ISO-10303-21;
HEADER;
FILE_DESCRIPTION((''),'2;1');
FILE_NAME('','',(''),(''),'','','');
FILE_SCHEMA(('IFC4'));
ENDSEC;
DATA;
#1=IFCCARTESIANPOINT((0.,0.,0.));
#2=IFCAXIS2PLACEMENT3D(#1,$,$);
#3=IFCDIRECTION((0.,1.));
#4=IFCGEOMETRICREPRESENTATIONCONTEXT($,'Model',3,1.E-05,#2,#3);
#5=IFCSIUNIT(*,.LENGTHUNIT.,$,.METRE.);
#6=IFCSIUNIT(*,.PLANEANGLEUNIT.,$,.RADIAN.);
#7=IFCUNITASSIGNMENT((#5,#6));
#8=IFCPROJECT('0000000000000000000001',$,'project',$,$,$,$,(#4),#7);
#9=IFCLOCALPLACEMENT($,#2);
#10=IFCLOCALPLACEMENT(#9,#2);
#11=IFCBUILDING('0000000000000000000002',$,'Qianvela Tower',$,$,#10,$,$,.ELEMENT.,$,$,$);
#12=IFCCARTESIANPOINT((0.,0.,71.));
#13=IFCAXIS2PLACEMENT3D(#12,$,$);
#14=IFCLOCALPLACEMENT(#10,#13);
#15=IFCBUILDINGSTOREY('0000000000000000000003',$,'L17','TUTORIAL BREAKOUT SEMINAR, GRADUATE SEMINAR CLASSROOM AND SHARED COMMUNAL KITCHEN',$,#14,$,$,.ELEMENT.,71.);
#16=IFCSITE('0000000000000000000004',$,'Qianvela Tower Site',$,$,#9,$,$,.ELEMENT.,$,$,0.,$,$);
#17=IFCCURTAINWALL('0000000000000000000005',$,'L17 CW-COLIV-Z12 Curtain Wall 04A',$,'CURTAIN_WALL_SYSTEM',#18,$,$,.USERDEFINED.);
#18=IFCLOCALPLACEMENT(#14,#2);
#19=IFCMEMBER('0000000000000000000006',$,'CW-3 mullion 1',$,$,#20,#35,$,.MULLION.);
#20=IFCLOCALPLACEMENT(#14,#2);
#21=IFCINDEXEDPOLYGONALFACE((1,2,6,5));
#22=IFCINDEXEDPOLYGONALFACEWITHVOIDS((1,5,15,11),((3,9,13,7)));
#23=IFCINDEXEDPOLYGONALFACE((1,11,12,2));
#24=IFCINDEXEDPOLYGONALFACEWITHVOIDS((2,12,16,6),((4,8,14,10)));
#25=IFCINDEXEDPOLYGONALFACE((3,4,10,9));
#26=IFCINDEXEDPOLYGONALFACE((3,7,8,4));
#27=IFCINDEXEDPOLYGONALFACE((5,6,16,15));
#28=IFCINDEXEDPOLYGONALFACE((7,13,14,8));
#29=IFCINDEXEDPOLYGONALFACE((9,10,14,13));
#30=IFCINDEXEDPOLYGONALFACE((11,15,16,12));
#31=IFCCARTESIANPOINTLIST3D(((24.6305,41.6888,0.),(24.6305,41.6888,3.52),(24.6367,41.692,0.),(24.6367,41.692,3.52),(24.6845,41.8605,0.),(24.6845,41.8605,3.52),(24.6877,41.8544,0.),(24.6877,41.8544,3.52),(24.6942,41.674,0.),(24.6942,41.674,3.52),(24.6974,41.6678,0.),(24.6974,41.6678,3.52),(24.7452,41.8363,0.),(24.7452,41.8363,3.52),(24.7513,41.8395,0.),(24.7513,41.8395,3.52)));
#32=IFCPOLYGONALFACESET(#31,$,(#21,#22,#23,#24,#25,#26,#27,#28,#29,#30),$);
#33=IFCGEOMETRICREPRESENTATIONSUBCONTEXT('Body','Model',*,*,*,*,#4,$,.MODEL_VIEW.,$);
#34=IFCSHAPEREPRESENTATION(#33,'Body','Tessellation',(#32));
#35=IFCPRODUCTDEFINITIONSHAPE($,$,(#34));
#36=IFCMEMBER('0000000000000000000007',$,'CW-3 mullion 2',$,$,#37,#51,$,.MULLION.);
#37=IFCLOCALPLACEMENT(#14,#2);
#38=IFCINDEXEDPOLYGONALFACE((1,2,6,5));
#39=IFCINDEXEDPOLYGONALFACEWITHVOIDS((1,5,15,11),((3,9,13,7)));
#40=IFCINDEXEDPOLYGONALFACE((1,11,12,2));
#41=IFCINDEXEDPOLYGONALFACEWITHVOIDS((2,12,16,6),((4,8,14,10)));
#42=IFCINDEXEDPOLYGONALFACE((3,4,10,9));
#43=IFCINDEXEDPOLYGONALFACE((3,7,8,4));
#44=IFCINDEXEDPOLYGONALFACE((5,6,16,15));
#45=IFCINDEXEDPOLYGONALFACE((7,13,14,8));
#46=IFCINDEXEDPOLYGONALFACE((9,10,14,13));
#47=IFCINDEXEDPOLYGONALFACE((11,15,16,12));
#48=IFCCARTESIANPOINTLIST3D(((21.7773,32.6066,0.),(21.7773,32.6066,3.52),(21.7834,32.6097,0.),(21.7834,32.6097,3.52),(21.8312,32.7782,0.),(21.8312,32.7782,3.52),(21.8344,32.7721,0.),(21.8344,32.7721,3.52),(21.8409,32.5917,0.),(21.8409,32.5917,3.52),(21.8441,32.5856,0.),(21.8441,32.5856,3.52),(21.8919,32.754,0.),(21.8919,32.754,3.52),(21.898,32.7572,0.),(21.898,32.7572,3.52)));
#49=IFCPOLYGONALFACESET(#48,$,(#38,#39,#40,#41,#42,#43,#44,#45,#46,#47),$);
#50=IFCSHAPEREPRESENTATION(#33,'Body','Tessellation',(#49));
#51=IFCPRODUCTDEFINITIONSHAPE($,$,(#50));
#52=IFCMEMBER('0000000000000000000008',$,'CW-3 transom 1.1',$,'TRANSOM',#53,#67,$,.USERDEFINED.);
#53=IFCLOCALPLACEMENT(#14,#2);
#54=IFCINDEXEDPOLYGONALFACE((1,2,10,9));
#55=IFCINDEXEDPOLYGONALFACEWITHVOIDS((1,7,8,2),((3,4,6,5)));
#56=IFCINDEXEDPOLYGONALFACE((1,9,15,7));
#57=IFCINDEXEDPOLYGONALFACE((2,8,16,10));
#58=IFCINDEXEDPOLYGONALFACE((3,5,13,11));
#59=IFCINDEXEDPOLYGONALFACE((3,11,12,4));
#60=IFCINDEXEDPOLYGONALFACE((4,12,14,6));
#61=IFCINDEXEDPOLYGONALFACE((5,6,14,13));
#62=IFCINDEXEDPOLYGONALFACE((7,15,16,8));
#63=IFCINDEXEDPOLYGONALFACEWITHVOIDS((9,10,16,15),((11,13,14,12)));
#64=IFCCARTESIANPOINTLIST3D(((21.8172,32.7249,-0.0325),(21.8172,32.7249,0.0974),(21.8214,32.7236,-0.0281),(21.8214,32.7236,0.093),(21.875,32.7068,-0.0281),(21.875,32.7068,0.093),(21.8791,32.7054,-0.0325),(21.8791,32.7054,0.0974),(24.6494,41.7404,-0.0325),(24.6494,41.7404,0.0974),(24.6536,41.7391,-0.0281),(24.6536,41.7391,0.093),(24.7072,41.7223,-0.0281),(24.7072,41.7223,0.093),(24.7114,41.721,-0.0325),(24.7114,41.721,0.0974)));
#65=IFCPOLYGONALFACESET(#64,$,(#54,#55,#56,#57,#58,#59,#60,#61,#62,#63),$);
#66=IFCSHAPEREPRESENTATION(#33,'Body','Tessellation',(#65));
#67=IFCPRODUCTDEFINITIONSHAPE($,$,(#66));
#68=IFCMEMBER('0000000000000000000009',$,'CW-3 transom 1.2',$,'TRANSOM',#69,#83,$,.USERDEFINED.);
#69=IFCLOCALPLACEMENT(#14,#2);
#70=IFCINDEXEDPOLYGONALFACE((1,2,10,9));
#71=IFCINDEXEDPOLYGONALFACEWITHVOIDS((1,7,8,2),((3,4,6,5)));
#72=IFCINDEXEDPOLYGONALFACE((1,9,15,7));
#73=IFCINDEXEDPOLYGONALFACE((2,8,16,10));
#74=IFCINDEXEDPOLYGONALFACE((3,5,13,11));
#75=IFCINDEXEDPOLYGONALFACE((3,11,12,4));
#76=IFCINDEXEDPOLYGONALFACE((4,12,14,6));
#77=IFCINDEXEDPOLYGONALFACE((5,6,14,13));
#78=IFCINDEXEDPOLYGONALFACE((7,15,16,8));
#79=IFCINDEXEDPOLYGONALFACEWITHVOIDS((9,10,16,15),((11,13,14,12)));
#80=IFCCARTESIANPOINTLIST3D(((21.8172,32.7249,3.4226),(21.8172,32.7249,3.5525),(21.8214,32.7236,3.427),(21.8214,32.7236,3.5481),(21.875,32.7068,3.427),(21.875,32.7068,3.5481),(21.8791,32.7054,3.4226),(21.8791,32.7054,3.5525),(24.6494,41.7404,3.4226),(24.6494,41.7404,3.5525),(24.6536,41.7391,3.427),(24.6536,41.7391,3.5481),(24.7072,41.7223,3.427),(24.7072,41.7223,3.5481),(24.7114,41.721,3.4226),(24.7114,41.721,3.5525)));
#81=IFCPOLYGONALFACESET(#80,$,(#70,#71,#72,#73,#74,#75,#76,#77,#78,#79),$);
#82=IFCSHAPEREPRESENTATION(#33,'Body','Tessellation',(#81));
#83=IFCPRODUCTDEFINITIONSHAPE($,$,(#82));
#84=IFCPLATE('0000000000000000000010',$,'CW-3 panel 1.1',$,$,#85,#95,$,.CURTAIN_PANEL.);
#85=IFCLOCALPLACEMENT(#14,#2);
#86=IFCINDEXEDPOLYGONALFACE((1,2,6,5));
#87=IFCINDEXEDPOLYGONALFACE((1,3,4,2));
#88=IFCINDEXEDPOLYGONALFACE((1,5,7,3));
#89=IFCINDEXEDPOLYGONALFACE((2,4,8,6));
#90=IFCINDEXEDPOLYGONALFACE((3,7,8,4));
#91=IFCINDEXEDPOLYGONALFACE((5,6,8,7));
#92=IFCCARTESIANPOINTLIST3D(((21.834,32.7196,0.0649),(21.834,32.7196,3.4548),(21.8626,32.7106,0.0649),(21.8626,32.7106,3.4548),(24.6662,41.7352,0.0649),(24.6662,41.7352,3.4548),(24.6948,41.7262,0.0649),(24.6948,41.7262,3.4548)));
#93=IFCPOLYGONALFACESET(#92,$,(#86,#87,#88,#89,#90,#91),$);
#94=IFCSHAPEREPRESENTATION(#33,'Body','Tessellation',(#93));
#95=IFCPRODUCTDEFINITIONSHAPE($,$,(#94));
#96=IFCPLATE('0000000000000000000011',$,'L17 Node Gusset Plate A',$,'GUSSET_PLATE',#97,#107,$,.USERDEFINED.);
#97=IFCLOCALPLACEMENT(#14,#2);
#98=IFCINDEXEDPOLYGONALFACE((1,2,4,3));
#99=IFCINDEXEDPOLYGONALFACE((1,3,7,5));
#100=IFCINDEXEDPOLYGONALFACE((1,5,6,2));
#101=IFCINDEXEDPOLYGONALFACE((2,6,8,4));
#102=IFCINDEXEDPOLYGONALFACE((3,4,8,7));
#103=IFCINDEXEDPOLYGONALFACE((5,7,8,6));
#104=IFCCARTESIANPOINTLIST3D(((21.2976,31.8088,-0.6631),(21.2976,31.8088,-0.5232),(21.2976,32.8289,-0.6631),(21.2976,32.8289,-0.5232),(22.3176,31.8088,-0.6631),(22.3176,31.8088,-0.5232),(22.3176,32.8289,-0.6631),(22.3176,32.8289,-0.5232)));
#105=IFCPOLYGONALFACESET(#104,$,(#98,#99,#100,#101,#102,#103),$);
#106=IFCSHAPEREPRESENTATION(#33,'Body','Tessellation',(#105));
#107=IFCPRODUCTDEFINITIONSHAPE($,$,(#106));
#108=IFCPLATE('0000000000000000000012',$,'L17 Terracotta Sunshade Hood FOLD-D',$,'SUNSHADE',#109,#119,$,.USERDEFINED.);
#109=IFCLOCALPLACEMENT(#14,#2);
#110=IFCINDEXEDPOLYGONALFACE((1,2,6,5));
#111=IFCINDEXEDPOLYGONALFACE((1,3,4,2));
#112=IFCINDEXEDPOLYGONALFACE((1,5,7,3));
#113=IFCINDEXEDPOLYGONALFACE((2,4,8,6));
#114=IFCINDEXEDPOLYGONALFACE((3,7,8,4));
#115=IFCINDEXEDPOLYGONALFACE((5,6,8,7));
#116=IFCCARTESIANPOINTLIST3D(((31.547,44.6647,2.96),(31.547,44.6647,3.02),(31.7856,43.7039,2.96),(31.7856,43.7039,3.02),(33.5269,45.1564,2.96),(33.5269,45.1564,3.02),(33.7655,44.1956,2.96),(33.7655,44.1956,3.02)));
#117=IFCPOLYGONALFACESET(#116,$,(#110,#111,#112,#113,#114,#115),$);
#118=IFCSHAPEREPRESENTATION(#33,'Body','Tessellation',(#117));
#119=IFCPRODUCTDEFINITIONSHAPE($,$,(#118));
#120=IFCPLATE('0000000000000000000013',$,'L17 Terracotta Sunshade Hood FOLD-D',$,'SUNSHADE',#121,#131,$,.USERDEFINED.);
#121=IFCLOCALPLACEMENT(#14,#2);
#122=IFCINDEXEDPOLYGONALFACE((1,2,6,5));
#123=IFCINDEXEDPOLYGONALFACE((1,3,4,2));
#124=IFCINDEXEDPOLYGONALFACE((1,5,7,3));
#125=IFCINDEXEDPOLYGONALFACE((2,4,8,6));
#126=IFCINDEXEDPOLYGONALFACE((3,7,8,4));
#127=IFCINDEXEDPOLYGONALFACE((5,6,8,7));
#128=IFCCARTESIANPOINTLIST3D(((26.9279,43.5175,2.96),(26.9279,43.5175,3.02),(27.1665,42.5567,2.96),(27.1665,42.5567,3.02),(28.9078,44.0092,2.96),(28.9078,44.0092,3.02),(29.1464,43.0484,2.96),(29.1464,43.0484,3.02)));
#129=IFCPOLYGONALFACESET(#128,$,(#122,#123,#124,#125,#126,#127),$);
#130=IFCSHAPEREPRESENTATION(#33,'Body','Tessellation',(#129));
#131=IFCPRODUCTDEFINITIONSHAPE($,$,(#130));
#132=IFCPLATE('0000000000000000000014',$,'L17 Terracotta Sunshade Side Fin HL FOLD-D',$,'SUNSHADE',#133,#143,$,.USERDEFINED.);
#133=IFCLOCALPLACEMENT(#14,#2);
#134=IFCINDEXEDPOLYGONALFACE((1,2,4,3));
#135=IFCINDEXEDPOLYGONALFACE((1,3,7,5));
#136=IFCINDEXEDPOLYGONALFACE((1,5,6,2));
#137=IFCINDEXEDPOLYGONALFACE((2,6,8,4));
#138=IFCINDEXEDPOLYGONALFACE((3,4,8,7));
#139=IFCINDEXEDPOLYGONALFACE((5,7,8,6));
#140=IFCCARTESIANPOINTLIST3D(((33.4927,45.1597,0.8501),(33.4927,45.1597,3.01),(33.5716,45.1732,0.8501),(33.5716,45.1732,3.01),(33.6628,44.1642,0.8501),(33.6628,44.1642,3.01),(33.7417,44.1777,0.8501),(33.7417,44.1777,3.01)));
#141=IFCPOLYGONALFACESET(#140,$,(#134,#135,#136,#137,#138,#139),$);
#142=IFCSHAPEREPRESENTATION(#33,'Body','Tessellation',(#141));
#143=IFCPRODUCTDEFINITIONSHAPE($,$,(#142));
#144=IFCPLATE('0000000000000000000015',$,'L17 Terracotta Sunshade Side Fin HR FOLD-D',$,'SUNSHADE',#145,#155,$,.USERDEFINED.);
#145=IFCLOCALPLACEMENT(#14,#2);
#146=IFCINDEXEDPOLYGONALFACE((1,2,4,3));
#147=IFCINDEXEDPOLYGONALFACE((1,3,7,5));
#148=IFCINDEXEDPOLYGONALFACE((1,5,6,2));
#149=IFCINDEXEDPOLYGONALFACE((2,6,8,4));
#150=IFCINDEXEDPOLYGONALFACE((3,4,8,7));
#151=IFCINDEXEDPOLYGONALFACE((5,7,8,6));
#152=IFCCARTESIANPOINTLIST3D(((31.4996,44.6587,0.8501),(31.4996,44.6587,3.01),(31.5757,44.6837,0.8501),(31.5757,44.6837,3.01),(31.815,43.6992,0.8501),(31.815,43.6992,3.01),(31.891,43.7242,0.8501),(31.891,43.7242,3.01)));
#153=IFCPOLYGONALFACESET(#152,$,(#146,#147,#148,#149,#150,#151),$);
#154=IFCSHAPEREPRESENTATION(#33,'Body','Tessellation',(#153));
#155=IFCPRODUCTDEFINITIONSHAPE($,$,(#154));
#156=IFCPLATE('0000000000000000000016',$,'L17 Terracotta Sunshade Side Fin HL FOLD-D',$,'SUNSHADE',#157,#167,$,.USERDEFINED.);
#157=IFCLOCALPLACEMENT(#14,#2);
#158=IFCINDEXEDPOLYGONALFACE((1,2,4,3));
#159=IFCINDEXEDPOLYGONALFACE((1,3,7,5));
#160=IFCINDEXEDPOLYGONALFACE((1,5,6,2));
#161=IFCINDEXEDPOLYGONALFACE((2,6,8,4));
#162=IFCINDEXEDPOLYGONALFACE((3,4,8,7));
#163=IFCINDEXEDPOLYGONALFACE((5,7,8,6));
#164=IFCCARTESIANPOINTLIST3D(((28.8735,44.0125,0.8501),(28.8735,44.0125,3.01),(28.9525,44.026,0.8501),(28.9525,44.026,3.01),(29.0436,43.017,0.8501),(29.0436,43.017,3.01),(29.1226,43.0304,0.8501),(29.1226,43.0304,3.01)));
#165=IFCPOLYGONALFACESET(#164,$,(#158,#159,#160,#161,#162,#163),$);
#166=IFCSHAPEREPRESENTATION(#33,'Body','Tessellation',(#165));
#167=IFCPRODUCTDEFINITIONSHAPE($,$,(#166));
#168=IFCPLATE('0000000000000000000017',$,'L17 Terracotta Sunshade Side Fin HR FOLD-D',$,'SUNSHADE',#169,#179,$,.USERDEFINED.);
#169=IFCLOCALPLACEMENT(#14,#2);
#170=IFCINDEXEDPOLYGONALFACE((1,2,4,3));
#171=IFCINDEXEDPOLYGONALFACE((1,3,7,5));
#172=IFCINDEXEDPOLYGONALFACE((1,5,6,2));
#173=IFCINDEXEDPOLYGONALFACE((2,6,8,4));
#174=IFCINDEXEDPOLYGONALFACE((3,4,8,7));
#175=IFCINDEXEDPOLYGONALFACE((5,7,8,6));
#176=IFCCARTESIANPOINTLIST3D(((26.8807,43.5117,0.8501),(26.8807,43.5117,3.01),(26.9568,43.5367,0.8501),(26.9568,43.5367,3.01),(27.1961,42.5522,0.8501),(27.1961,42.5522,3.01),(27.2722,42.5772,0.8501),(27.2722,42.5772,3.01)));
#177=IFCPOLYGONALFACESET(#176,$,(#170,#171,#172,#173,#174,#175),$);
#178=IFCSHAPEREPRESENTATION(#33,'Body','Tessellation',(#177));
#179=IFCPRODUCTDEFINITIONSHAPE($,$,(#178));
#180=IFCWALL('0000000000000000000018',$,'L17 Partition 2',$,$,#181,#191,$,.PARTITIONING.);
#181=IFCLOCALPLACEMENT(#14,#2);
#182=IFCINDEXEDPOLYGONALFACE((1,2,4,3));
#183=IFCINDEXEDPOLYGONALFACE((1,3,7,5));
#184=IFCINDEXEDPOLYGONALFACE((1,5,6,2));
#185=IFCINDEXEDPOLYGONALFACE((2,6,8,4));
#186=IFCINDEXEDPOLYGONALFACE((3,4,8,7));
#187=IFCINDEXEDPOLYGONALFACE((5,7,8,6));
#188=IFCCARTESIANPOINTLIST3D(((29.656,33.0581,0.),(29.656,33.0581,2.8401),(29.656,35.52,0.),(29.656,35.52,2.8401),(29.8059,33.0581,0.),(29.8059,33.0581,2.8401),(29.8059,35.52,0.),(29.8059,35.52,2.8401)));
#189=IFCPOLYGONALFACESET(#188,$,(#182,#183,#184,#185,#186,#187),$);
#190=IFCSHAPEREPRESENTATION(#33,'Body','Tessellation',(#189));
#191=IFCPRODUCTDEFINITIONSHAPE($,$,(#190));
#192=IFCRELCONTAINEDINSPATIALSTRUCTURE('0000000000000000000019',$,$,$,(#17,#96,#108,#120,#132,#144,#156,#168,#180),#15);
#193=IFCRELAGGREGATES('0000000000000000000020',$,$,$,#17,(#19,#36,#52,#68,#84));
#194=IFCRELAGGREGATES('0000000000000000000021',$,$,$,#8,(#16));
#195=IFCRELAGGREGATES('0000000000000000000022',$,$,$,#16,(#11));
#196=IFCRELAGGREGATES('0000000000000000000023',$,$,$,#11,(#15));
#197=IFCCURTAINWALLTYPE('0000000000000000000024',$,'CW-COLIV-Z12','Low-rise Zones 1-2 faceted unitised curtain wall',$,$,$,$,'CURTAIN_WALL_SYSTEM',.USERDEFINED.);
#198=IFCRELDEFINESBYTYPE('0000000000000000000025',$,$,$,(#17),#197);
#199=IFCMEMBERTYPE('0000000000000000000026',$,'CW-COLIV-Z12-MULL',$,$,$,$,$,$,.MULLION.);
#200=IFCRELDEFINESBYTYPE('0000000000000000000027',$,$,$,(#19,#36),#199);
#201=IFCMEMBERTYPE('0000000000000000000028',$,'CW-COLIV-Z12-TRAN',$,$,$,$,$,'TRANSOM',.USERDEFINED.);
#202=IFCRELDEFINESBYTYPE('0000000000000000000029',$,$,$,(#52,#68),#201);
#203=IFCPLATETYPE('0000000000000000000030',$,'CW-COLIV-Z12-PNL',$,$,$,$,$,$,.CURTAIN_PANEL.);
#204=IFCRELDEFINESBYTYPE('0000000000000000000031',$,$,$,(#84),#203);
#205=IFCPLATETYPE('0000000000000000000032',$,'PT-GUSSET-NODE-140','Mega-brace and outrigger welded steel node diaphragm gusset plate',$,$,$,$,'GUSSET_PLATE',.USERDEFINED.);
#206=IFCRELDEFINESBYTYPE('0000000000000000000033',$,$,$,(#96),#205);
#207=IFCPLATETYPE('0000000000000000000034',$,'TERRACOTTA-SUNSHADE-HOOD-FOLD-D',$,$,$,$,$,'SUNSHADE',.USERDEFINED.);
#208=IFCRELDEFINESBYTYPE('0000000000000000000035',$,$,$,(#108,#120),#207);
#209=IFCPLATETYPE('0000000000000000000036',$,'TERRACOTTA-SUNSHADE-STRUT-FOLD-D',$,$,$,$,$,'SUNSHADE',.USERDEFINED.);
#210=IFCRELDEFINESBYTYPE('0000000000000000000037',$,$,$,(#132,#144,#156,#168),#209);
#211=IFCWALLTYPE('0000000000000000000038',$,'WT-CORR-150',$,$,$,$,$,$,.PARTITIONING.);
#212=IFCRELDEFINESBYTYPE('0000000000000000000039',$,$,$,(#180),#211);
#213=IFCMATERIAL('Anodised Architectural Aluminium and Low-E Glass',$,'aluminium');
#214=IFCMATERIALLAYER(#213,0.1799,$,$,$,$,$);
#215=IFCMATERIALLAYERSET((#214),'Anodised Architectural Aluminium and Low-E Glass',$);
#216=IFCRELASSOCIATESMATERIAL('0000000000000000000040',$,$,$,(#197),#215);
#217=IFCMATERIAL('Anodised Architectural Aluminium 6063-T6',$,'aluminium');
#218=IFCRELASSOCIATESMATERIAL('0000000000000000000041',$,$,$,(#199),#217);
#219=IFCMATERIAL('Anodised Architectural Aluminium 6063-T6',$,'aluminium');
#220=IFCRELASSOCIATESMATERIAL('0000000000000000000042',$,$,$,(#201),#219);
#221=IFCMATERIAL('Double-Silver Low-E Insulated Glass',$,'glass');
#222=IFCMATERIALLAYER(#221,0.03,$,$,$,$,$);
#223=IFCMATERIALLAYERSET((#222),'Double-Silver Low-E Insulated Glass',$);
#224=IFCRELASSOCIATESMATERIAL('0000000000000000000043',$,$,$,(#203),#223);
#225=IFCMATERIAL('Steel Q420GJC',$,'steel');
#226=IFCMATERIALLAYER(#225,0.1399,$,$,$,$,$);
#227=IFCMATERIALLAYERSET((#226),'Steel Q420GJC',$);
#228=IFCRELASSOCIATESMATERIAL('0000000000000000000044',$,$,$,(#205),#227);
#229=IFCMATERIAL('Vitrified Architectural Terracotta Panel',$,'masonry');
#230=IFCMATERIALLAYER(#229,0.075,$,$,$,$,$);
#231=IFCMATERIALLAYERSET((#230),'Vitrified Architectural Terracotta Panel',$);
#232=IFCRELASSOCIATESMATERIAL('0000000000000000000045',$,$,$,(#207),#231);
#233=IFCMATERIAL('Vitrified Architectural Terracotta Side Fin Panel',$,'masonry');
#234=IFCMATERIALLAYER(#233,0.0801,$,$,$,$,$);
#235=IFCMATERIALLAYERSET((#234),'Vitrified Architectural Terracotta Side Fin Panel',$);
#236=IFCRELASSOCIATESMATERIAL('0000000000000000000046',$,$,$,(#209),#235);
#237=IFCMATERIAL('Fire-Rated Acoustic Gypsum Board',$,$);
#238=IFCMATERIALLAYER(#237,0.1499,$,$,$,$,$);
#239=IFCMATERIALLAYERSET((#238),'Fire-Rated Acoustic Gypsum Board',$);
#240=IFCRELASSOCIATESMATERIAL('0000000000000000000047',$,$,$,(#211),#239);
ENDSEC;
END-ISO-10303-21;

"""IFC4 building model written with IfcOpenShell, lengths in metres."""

from ifc_helpers import new_model, si_unit, direction, frame, frame_2d, origin, origin_2d, place, context, subcontext, project, spatial, rectangle, hollow_rectangle, extrude, material, layer, layer_set, material_profile, profile_set, type_object, element, aggregate, save


model = new_model("IFC4")

# Units and contexts
model_context = context("Model", 3, precision=1e-05, world=origin(), true_north=direction((0.0, 1.0)))
body_context = subcontext(model_context, "Body", "Model", "MODEL_VIEW")
ifc_project = project(units=[si_unit("LENGTHUNIT", "METRE"), si_unit("PLANEANGLEUNIT", "RADIAN")], contexts=[model_context])

# Site, building, storey
site_placement = place(None, origin())
site = spatial("IfcSite", under=ifc_project, at=site_placement, Name="Qianvela Tower Site", CompositionType="ELEMENT", RefElevation=0.0)
building_placement = place(site_placement, origin())
building = spatial("IfcBuilding", under=site, at=building_placement, Name="Qianvela Tower", CompositionType="ELEMENT")
storey_placement = place(building_placement, frame((0.0, 0.0, 71.0)))
storey = spatial("IfcBuildingStorey", under=building, at=storey_placement, Name="L17", Description="TUTORIAL BREAKOUT SEMINAR, GRADUATE SEMINAR CLASSROOM AND SHARED COMMUNAL KITCHEN", CompositionType="ELEMENT", Elevation=71.0)

# Curtain wall, members, plate
ifc_material_1 = material(Name="Anodised Architectural Aluminium and Low-E Glass", Category="aluminium")
ifc_layer_1 = layer(ifc_material_1, 0.1799)
ifc_layer_set_1 = layer_set([ifc_layer_1], Name="Anodised Architectural Aluminium and Low-E Glass")
curtain_wall_type_1 = type_object("IfcCurtainWallType", Name="CW-COLIV-Z12", Description="Low-rise Zones 1-2 faceted unitised curtain wall", ElementType="CURTAIN_WALL_SYSTEM", PredefinedType="USERDEFINED", material=ifc_layer_set_1)
curtain_wall_1_placement = place(storey_placement, origin())
curtain_wall_1 = element("IfcCurtainWall", 1, at=curtain_wall_1_placement, inside=storey, type_object=curtain_wall_type_1, Name="L17 CW-COLIV-Z12 Curtain Wall 04A", ObjectType="CURTAIN_WALL_SYSTEM", PredefinedType="USERDEFINED")
ifc_material_2 = material(Name="Anodised Architectural Aluminium 6063-T6", Category="aluminium")
ifc_material_profile_1 = material_profile(ifc_material_2, hollow_rectangle(XDim=0.0701, YDim=0.1799, WallThickness=0.0049, at=origin_2d()), Name="ALU-MULL-70x180")
ifc_profile_set_1 = profile_set([ifc_material_profile_1], Name="Anodised Architectural Aluminium 6063-T6")
member_type_1 = type_object("IfcMemberType", Name="CW-COLIV-Z12-MULL", PredefinedType="MULLION", material=ifc_profile_set_1)
member_1_placement = place(storey_placement, frame((24.6909, 41.7642, 0.0), z_axis=(0.0, 0.0, 1.0), x_axis=(0.954031, -0.299707, 0.0)))
member_1 = element("IfcMember", 2, at=member_1_placement, type_object=member_type_1, Name="CW-3 mullion 1", PredefinedType="MULLION", context=body_context, shape_type="SweptSolid", body=[
    extrude(hollow_rectangle(XDim=0.0701, YDim=0.1799, WallThickness=0.0049, at=origin_2d()), origin(), (0.0, 0.0, 1.0), 3.52),
])
member_2_placement = place(storey_placement, frame((21.8376, 32.6819, 0.0), z_axis=(0.0, 0.0, 1.0), x_axis=(0.954031, -0.299707, 0.0)))
member_2 = element("IfcMember", 3, at=member_2_placement, type_object=member_type_1, Name="CW-3 mullion 2", PredefinedType="MULLION", context=body_context, shape_type="SweptSolid", body=[
    extrude(hollow_rectangle(XDim=0.0701, YDim=0.1799, WallThickness=0.0049, at=origin_2d()), origin(), (0.0, 0.0, 1.0), 3.52),
])
ifc_material_3 = material(Name="Anodised Architectural Aluminium 6063-T6", Category="aluminium")
ifc_material_profile_2 = material_profile(ifc_material_3, hollow_rectangle(XDim=0.0649, YDim=0.1299, WallThickness=0.0044, at=origin_2d()), Name="ALU-TRAN-65x130")
ifc_profile_set_2 = profile_set([ifc_material_profile_2], Name="Anodised Architectural Aluminium 6063-T6")
member_type_2 = type_object("IfcMemberType", Name="CW-COLIV-Z12-TRAN", ElementType="TRANSOM", PredefinedType="USERDEFINED", material=ifc_profile_set_2)
member_3_placement = place(storey_placement, frame((24.6804, 41.7307, 0.0325), z_axis=(-0.29971, -0.95403, 0.0), x_axis=(0.95403, -0.29971, 0.0)))
member_3 = element("IfcMember", 4, at=member_3_placement, type_object=member_type_2, Name="CW-3 transom 1.1", ObjectType="TRANSOM", PredefinedType="USERDEFINED", context=body_context, shape_type="SweptSolid", body=[
    extrude(hollow_rectangle(XDim=0.0649, YDim=0.1299, WallThickness=0.0044, at=origin_2d()), origin(), (0.0, 0.0, 1.0), 9.45),
])
member_4_placement = place(storey_placement, frame((24.6804, 41.7307, 3.4875), z_axis=(-0.29971, -0.95403, 0.0), x_axis=(0.95403, -0.29971, 0.0)))
member_4 = element("IfcMember", 5, at=member_4_placement, type_object=member_type_2, Name="CW-3 transom 1.2", ObjectType="TRANSOM", PredefinedType="USERDEFINED", context=body_context, shape_type="SweptSolid", body=[
    extrude(hollow_rectangle(XDim=0.0649, YDim=0.1299, WallThickness=0.0044, at=origin_2d()), origin(), (0.0, 0.0, 1.0), 9.45),
])
ifc_material_4 = material(Name="Double-Silver Low-E Insulated Glass", Category="glass")
ifc_layer_2 = layer(ifc_material_4, 0.03)
ifc_layer_set_2 = layer_set([ifc_layer_2], Name="Double-Silver Low-E Insulated Glass")
plate_type_1 = type_object("IfcPlateType", Name="CW-COLIV-Z12-PNL", PredefinedType="CURTAIN_PANEL", material=ifc_layer_set_2)
plate_1_placement = place(storey_placement, frame((23.2644, 37.2229, 0.0649), z_axis=(0.0, 0.0, 1.0), x_axis=(-0.299707, -0.954031, 0.0)))
plate_1 = element("IfcPlate", 6, at=plate_1_placement, type_object=plate_type_1, Name="CW-3 panel 1.1", PredefinedType="CURTAIN_PANEL", context=body_context, shape_type="SweptSolid", body=[
    extrude(rectangle(XDim=9.45, YDim=0.03, at=origin_2d()), origin(), (0.0, 0.0, 1.0), 3.3899),
])
aggregate(curtain_wall_1, [member_1, member_2, member_3, member_4, plate_1])

# Plates
ifc_material_5 = material(Name="Steel Q420GJC", Category="steel")
ifc_layer_3 = layer(ifc_material_5, 0.1399)
ifc_layer_set_3 = layer_set([ifc_layer_3], Name="Steel Q420GJC")
plate_type_2 = type_object("IfcPlateType", Name="PT-GUSSET-NODE-140", Description="Mega-brace and outrigger welded steel node diaphragm gusset plate", ElementType="GUSSET_PLATE", PredefinedType="USERDEFINED", material=ifc_layer_set_3)
plate_2_placement = place(storey_placement, frame((21.8076, 32.3188, -0.6631), z_axis=(0.0, 0.0, 1.0), x_axis=(1.0, 0.0, 0.0)))
element("IfcPlate", 7, at=plate_2_placement, inside=storey, type_object=plate_type_2, Name="L17 Node Gusset Plate A", ObjectType="GUSSET_PLATE", PredefinedType="USERDEFINED", context=body_context, shape_type="SweptSolid", body=[
    extrude(rectangle(XDim=1.02, YDim=1.02, at=origin_2d()), origin(), (0.0, 0.0, 1.0), 0.1399),
])
ifc_material_6 = material(Name="Vitrified Architectural Terracotta Panel", Category="masonry")
ifc_layer_4 = layer(ifc_material_6, 0.075)
ifc_layer_set_4 = layer_set([ifc_layer_4], Name="Vitrified Architectural Terracotta Panel")
plate_type_3 = type_object("IfcPlateType", Name="TERRACOTTA-SUNSHADE-HOOD-FOLD-D", ElementType="SUNSHADE", PredefinedType="USERDEFINED", material=ifc_layer_set_4)
for number, where, z_axis, x_axis, name in (
    (8, (32.6562, 44.4302, 2.96), (0.0, 0.0, 1.0), (-0.970522, -0.241011, 0.0), "L17 Terracotta Sunshade Hood FOLD-D"),
    (9, (28.0371, 43.283, 2.96), (0.0, 0.0, 1.0), (-0.970522, -0.241011, 0.0), "L17 Terracotta Sunshade Hood FOLD-D"),
):
    element("IfcPlate", number, at=place(storey_placement, frame(where, z_axis=z_axis, x_axis=x_axis)), inside=storey, type_object=plate_type_3, Name=name, ObjectType="SUNSHADE", PredefinedType="USERDEFINED", context=body_context, shape_type="SweptSolid", body=[
        extrude(rectangle(XDim=2.04, YDim=0.99, at=origin_2d()), origin(), (0.0, 0.0, 1.0), 0.0601),
    ])
ifc_material_7 = material(Name="Vitrified Architectural Terracotta Side Fin Panel", Category="masonry")
ifc_layer_5 = layer(ifc_material_7, 0.0801)
ifc_layer_set_5 = layer_set([ifc_layer_5], Name="Vitrified Architectural Terracotta Side Fin Panel")
plate_type_4 = type_object("IfcPlateType", Name="TERRACOTTA-SUNSHADE-STRUT-FOLD-D", ElementType="SUNSHADE", PredefinedType="USERDEFINED", material=ifc_layer_set_5)
for number, where, z_axis, x_axis, name in (
    (10, (33.6172, 44.6687, 0.8501), (0.0, 0.0, 1.0), (-0.985715, -0.168424, 0.0), "L17 Terracotta Sunshade Side Fin HL FOLD-D"),
    (11, (31.6953, 44.1914, 0.8501), (0.0, 0.0, 1.0), (-0.949993, -0.312272, 0.0), "L17 Terracotta Sunshade Side Fin HR FOLD-D"),
    (12, (28.998, 43.5215, 0.8501), (0.0, 0.0, 1.0), (-0.985715, -0.168424, 0.0), "L17 Terracotta Sunshade Side Fin HL FOLD-D"),
    (13, (27.0764, 43.0444, 0.8501), (0.0, 0.0, 1.0), (-0.949993, -0.312272, 0.0), "L17 Terracotta Sunshade Side Fin HR FOLD-D"),
):
    element("IfcPlate", number, at=place(storey_placement, frame(where, z_axis=z_axis, x_axis=x_axis)), inside=storey, type_object=plate_type_4, Name=name, ObjectType="SUNSHADE", PredefinedType="USERDEFINED", context=body_context, shape_type="SweptSolid", body=[
        extrude(rectangle(XDim=0.0801, YDim=1.01, at=origin_2d()), origin(), (0.0, 0.0, 1.0), 2.1599),
    ])

# Wall
ifc_material_8 = material(Name="Fire-Rated Acoustic Gypsum Board")
ifc_layer_6 = layer(ifc_material_8, 0.1499)
ifc_layer_set_6 = layer_set([ifc_layer_6], Name="Fire-Rated Acoustic Gypsum Board")
wall_type_1 = type_object("IfcWallType", Name="WT-CORR-150", PredefinedType="PARTITIONING", material=ifc_layer_set_6)
wall_1_placement = place(storey_placement, frame((29.731, 33.0581, 0.0), z_axis=(0.0, 0.0, 1.0), x_axis=(0.0, 1.0, 0.0)))
element("IfcWall", 14, at=wall_1_placement, inside=storey, type_object=wall_type_1, Name="L17 Partition 2", PredefinedType="PARTITIONING", context=body_context, shape_type="SweptSolid", body=[
    extrude(rectangle(XDim=2.4619, YDim=0.1499, at=frame_2d((1.231, 0.0))), origin(), (0.0, 0.0, 1.0), 2.8401),
])

save(model, "model.ifc")
